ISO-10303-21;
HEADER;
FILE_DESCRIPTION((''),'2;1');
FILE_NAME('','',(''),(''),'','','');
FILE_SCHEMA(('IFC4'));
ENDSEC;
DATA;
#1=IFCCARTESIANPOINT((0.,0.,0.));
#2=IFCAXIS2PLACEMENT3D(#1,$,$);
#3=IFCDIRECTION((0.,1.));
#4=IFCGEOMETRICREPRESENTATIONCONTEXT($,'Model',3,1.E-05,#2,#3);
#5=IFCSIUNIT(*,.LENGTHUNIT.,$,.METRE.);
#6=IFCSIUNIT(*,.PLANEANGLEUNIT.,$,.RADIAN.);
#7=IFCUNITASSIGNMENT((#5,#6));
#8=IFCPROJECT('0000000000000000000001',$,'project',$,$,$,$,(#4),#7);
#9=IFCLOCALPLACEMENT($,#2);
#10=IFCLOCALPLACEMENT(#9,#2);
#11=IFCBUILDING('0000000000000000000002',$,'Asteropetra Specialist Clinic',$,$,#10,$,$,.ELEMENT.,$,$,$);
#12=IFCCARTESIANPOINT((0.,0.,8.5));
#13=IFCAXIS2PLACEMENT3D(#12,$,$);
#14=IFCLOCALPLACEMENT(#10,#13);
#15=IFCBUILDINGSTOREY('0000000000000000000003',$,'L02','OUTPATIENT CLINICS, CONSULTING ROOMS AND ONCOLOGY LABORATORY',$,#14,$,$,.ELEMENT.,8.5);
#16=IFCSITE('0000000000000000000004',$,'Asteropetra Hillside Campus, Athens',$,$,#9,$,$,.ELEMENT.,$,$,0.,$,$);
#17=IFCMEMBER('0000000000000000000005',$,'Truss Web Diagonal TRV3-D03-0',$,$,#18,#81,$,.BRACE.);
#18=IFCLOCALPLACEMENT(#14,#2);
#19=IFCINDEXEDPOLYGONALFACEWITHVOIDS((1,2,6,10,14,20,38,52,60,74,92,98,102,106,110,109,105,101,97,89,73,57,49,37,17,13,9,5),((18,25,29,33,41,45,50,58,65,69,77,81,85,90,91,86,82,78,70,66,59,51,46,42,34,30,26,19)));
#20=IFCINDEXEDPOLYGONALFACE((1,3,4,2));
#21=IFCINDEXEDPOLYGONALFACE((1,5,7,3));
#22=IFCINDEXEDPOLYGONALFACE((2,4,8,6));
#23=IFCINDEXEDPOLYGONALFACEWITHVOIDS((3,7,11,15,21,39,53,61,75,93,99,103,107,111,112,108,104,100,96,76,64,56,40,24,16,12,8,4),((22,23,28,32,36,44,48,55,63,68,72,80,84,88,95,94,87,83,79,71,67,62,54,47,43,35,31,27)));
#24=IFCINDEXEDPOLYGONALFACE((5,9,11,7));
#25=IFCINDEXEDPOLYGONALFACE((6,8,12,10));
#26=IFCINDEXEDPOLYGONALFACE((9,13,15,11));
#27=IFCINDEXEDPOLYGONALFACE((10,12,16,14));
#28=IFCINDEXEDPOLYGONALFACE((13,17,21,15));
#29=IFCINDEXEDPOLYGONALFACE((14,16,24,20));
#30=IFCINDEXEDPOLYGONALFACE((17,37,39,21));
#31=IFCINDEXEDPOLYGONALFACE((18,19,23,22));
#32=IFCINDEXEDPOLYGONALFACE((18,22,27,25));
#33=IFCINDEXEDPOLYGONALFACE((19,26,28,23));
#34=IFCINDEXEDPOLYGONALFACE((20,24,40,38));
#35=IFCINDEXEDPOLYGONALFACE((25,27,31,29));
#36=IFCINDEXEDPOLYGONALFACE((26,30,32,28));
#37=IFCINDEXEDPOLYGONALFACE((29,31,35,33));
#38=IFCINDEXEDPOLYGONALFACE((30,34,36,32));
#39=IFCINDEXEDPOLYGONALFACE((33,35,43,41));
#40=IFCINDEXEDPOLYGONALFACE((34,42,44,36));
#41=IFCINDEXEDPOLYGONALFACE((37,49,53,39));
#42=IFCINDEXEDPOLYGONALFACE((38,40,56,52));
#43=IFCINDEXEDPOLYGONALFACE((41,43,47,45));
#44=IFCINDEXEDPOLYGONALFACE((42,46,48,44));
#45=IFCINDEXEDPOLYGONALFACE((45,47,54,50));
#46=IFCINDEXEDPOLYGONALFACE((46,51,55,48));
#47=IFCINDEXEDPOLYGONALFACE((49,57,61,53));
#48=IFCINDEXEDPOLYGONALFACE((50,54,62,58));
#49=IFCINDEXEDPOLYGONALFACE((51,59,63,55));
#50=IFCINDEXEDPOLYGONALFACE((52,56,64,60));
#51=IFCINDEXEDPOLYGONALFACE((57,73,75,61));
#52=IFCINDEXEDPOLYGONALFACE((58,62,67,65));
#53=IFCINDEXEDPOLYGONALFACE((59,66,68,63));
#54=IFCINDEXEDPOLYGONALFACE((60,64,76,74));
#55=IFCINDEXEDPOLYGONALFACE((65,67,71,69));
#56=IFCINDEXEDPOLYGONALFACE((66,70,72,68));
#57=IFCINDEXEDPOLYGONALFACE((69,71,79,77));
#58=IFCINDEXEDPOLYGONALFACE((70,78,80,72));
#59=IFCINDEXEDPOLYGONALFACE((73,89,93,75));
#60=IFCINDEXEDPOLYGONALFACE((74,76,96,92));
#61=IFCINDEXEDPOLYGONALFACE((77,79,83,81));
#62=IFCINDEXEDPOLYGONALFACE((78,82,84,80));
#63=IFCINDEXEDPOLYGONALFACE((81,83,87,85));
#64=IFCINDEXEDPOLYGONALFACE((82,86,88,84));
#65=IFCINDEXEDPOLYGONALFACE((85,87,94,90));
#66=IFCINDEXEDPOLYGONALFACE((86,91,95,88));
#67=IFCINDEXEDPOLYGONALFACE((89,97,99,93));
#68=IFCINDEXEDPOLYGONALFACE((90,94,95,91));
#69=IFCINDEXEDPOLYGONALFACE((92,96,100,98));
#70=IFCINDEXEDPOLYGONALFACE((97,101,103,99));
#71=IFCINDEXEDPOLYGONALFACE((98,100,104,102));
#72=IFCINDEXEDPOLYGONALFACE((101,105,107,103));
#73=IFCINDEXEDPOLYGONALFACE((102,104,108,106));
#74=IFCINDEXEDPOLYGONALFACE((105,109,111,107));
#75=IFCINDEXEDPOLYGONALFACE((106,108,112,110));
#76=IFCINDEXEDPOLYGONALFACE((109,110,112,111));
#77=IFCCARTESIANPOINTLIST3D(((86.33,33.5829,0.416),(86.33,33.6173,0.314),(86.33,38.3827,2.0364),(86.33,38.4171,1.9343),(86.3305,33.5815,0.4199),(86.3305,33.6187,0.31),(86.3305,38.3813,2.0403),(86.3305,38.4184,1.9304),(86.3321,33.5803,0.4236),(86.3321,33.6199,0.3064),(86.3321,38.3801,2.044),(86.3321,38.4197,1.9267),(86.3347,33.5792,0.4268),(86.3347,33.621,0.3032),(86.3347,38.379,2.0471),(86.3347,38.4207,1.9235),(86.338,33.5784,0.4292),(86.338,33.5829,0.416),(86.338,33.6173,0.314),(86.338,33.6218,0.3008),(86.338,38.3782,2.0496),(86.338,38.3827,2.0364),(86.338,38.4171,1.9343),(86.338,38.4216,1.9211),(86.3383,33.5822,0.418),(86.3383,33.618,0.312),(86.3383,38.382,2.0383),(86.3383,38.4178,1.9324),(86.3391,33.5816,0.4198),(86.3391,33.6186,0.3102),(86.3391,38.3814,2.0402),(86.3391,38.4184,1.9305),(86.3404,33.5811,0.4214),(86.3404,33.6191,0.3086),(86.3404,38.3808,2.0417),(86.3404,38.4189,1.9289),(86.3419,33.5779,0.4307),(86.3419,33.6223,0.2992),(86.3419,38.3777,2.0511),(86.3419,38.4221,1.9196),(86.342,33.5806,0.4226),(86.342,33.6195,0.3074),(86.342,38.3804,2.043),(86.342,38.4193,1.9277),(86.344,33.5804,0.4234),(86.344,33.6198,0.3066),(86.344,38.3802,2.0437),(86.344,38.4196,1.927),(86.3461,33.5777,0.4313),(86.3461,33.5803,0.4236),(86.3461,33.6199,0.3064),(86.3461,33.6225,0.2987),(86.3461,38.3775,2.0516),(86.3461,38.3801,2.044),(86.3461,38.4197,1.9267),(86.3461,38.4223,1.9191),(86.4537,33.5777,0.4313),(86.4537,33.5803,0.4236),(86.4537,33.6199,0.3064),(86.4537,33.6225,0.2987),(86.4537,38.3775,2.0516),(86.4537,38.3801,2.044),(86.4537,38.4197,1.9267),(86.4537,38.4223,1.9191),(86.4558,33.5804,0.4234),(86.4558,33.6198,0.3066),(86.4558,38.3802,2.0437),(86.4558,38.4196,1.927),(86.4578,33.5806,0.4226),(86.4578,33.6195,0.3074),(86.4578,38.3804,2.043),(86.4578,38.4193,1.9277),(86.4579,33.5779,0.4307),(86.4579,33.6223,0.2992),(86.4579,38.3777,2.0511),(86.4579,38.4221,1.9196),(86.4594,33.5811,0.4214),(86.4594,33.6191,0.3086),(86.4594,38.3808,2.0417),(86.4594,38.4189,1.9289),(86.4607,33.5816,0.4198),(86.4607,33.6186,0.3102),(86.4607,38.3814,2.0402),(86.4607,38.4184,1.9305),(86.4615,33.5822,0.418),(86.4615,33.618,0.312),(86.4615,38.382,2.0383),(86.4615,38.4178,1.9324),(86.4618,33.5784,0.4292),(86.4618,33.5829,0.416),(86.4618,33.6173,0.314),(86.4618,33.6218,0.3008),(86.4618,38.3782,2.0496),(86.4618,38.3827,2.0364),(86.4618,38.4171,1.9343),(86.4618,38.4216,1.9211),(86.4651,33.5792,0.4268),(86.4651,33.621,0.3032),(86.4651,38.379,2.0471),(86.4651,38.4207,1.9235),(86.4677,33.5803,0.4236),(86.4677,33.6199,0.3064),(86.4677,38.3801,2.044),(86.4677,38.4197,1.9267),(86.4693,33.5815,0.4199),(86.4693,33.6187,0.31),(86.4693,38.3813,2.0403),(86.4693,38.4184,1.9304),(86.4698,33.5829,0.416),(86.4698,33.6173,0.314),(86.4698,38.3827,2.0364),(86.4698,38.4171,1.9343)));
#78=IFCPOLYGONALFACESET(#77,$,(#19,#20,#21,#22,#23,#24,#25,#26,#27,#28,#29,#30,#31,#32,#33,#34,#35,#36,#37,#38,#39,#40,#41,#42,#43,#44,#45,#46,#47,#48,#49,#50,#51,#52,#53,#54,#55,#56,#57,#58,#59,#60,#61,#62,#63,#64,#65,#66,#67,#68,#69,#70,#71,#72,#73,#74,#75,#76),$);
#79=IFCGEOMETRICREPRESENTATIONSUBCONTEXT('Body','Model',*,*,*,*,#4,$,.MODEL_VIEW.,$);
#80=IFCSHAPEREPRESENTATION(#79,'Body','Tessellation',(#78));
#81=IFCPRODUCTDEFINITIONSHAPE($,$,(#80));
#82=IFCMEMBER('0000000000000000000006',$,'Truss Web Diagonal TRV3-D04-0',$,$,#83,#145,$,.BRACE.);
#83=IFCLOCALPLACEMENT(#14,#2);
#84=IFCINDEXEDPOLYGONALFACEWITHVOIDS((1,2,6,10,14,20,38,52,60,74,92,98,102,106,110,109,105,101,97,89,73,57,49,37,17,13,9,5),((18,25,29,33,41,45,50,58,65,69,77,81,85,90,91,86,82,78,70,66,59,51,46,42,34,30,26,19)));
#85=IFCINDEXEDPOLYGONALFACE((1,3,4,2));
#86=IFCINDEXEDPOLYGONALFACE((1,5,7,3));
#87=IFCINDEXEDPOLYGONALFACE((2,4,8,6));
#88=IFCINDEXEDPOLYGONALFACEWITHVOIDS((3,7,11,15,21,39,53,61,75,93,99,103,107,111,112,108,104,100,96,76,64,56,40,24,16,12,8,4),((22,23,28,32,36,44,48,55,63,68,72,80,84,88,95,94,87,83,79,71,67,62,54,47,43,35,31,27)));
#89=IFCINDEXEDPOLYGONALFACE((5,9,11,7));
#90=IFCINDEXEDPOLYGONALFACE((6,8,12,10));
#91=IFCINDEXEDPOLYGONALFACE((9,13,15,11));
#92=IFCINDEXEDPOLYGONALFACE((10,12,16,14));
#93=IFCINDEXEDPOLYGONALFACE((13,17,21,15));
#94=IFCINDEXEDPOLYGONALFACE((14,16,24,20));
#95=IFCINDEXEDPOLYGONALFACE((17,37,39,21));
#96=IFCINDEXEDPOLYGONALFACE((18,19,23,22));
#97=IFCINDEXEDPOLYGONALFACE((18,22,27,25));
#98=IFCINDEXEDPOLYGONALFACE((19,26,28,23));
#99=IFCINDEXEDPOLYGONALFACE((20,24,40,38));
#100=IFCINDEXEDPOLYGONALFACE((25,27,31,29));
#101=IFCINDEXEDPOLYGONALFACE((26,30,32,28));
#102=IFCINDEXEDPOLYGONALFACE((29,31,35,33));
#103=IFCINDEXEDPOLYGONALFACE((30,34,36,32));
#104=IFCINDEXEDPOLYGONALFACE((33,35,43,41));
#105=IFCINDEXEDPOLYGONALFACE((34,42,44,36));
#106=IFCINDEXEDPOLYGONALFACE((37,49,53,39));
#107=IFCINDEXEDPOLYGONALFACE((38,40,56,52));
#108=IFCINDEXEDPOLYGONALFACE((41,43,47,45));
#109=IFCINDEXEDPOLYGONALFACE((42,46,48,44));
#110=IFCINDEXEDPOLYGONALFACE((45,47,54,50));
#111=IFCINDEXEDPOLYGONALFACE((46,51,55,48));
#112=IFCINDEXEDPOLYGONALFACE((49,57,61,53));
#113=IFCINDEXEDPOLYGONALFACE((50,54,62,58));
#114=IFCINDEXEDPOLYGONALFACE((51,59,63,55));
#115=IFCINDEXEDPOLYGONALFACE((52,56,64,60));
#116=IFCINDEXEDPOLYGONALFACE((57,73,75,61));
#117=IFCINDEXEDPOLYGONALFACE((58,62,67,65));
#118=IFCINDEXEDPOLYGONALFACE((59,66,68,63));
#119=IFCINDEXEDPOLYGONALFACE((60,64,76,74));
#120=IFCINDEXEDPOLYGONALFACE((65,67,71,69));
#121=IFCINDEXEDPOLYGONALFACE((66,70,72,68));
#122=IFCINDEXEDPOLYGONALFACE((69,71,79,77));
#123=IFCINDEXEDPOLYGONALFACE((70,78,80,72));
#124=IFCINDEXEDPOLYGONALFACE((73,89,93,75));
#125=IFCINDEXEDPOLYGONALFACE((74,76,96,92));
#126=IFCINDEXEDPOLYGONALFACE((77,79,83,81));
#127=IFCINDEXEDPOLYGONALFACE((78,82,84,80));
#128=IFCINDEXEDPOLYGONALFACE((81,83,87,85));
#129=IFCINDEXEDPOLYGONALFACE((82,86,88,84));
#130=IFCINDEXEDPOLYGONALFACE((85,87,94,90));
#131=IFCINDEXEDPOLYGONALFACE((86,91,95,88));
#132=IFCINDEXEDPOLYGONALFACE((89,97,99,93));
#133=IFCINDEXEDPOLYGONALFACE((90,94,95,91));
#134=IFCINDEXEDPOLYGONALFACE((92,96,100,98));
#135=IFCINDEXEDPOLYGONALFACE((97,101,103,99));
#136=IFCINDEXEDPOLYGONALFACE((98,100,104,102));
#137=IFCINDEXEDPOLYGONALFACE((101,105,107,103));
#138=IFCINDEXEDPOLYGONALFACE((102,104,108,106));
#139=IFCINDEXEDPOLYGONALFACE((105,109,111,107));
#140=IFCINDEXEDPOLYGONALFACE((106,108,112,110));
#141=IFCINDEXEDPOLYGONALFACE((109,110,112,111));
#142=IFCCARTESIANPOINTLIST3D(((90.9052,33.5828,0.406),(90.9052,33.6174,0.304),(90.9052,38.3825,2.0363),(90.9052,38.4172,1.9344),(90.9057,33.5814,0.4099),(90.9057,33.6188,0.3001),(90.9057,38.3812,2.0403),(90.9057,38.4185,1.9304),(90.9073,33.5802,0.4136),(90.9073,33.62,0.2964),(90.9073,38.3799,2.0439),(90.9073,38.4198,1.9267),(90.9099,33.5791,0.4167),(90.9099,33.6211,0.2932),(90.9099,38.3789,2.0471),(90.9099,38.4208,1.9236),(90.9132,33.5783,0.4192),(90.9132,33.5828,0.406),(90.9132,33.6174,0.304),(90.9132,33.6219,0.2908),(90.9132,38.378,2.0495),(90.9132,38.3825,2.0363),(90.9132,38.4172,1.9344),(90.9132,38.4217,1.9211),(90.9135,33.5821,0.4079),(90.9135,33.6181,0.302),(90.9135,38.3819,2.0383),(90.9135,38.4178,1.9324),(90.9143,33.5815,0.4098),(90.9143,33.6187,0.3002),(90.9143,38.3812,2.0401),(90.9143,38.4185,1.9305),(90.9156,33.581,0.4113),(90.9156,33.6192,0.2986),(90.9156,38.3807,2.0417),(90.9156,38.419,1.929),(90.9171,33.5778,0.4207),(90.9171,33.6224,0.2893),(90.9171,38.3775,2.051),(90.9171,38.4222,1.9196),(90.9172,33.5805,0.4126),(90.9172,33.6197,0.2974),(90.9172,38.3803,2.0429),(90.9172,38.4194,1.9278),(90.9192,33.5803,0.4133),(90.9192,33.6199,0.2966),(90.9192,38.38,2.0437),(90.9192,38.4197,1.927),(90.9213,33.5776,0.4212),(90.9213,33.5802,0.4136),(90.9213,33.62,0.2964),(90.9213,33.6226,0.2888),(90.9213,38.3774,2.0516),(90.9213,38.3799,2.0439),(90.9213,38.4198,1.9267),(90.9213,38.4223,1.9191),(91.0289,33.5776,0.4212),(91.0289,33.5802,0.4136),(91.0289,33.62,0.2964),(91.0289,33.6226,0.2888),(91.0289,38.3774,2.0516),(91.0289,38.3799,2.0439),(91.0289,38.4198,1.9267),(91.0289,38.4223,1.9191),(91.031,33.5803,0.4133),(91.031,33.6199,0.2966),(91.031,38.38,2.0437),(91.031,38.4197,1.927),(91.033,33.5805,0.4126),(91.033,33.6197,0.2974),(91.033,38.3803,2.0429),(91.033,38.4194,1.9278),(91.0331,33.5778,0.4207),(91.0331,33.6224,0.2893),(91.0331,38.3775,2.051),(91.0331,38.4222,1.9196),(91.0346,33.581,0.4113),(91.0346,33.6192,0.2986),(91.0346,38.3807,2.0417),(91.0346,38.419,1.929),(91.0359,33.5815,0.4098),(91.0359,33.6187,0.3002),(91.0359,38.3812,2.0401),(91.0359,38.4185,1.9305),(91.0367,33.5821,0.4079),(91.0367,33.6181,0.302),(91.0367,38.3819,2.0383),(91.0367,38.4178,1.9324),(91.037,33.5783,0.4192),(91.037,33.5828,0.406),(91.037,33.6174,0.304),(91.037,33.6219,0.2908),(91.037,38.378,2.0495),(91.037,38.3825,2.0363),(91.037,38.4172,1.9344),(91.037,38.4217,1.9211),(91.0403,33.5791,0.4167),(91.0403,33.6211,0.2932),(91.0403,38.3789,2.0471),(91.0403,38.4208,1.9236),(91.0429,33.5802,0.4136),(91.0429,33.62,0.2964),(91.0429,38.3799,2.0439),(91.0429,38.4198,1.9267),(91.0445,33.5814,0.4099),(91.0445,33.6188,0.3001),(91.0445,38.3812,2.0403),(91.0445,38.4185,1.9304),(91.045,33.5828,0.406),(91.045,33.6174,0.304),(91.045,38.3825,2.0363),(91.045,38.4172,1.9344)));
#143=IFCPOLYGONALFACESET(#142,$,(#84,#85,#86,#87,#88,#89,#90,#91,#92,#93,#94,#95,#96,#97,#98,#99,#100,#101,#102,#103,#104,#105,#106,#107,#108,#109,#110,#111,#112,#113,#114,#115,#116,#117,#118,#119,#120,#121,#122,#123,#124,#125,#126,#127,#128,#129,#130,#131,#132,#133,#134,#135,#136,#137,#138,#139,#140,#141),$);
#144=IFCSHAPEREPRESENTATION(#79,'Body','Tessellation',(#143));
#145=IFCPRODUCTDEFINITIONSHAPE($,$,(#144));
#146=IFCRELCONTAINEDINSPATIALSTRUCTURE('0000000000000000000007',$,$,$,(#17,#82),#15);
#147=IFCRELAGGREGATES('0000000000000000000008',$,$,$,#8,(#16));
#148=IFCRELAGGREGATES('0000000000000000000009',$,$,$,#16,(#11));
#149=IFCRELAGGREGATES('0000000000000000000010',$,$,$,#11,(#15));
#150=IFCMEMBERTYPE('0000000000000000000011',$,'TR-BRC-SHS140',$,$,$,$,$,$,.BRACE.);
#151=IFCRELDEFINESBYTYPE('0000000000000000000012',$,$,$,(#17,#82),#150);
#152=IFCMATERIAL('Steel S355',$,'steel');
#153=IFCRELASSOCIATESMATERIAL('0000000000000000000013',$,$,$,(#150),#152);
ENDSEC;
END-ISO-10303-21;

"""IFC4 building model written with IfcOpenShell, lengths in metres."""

from ifc_helpers import new_model, si_unit, direction, frame, origin, origin_2d, place, context, subcontext, project, spatial, hollow_rectangle, extrude, material, material_profile, profile_set, type_object, element, save


model = new_model("IFC4")

# Units and contexts
model_context = context("Model", 3, precision=1e-05, world=origin(), true_north=direction((0.0, 1.0)))
body_context = subcontext(model_context, "Body", "Model", "MODEL_VIEW")
ifc_project = project(units=[si_unit("LENGTHUNIT", "METRE"), si_unit("PLANEANGLEUNIT", "RADIAN")], contexts=[model_context])

# Site, building, storey
site_placement = place(None, origin())
site = spatial("IfcSite", under=ifc_project, at=site_placement, Name="Asteropetra Hillside Campus, Athens", CompositionType="ELEMENT", RefElevation=0.0)
building_placement = place(site_placement, origin())
building = spatial("IfcBuilding", under=site, at=building_placement, Name="Asteropetra Specialist Clinic", CompositionType="ELEMENT")
storey_placement = place(building_placement, frame((0.0, 0.0, 8.5)))
storey = spatial("IfcBuildingStorey", under=building, at=storey_placement, Name="L02", Description="OUTPATIENT CLINICS, CONSULTING ROOMS AND ONCOLOGY LABORATORY", CompositionType="ELEMENT", Elevation=8.5)

# Members
ifc_material_1 = material(Name="Steel S355", Category="steel")
ifc_material_profile_1 = material_profile(ifc_material_1, hollow_rectangle(XDim=0.1399, YDim=0.1399, WallThickness=0.0081, InnerFilletRadius=0.0081, OuterFilletRadius=0.0161, at=origin_2d()), Name="SHS 140x140x8.0")
ifc_profile_set_1 = profile_set([ifc_material_profile_1], Name="Steel S355")
member_type_1 = type_object("IfcMemberType", Name="TR-BRC-SHS140", PredefinedType="BRACE", material=ifc_profile_set_1)
member_1_placement = place(storey_placement, frame((86.3999, 33.6001, 0.365), z_axis=(0.0, 0.947467, 0.319854), x_axis=(-1.0, 0.0, 0.0)))
element("IfcMember", 1, at=member_1_placement, inside=storey, type_object=member_type_1, Name="Truss Web Diagonal TRV3-D03-0", PredefinedType="BRACE", context=body_context, shape_type="SweptSolid", body=[
    extrude(hollow_rectangle(XDim=0.1399, YDim=0.1399, WallThickness=0.0081, InnerFilletRadius=0.0081, OuterFilletRadius=0.0161, at=origin_2d()), origin(), (0.0, 0.0, 1.0), 5.0659),
])
member_2_placement = place(storey_placement, frame((90.9751, 33.6001, 0.355), z_axis=(0.0, 0.946867, 0.321626), x_axis=(-1.0, 0.0, 0.0)))
element("IfcMember", 2, at=member_2_placement, inside=storey, type_object=member_type_1, Name="Truss Web Diagonal TRV3-D04-0", PredefinedType="BRACE", context=body_context, shape_type="SweptSolid", body=[
    extrude(hollow_rectangle(XDim=0.1399, YDim=0.1399, WallThickness=0.0081, InnerFilletRadius=0.0081, OuterFilletRadius=0.0161, at=origin_2d()), origin(), (0.0, 0.0, 1.0), 5.0691),
])

save(model, "model.ifc")
